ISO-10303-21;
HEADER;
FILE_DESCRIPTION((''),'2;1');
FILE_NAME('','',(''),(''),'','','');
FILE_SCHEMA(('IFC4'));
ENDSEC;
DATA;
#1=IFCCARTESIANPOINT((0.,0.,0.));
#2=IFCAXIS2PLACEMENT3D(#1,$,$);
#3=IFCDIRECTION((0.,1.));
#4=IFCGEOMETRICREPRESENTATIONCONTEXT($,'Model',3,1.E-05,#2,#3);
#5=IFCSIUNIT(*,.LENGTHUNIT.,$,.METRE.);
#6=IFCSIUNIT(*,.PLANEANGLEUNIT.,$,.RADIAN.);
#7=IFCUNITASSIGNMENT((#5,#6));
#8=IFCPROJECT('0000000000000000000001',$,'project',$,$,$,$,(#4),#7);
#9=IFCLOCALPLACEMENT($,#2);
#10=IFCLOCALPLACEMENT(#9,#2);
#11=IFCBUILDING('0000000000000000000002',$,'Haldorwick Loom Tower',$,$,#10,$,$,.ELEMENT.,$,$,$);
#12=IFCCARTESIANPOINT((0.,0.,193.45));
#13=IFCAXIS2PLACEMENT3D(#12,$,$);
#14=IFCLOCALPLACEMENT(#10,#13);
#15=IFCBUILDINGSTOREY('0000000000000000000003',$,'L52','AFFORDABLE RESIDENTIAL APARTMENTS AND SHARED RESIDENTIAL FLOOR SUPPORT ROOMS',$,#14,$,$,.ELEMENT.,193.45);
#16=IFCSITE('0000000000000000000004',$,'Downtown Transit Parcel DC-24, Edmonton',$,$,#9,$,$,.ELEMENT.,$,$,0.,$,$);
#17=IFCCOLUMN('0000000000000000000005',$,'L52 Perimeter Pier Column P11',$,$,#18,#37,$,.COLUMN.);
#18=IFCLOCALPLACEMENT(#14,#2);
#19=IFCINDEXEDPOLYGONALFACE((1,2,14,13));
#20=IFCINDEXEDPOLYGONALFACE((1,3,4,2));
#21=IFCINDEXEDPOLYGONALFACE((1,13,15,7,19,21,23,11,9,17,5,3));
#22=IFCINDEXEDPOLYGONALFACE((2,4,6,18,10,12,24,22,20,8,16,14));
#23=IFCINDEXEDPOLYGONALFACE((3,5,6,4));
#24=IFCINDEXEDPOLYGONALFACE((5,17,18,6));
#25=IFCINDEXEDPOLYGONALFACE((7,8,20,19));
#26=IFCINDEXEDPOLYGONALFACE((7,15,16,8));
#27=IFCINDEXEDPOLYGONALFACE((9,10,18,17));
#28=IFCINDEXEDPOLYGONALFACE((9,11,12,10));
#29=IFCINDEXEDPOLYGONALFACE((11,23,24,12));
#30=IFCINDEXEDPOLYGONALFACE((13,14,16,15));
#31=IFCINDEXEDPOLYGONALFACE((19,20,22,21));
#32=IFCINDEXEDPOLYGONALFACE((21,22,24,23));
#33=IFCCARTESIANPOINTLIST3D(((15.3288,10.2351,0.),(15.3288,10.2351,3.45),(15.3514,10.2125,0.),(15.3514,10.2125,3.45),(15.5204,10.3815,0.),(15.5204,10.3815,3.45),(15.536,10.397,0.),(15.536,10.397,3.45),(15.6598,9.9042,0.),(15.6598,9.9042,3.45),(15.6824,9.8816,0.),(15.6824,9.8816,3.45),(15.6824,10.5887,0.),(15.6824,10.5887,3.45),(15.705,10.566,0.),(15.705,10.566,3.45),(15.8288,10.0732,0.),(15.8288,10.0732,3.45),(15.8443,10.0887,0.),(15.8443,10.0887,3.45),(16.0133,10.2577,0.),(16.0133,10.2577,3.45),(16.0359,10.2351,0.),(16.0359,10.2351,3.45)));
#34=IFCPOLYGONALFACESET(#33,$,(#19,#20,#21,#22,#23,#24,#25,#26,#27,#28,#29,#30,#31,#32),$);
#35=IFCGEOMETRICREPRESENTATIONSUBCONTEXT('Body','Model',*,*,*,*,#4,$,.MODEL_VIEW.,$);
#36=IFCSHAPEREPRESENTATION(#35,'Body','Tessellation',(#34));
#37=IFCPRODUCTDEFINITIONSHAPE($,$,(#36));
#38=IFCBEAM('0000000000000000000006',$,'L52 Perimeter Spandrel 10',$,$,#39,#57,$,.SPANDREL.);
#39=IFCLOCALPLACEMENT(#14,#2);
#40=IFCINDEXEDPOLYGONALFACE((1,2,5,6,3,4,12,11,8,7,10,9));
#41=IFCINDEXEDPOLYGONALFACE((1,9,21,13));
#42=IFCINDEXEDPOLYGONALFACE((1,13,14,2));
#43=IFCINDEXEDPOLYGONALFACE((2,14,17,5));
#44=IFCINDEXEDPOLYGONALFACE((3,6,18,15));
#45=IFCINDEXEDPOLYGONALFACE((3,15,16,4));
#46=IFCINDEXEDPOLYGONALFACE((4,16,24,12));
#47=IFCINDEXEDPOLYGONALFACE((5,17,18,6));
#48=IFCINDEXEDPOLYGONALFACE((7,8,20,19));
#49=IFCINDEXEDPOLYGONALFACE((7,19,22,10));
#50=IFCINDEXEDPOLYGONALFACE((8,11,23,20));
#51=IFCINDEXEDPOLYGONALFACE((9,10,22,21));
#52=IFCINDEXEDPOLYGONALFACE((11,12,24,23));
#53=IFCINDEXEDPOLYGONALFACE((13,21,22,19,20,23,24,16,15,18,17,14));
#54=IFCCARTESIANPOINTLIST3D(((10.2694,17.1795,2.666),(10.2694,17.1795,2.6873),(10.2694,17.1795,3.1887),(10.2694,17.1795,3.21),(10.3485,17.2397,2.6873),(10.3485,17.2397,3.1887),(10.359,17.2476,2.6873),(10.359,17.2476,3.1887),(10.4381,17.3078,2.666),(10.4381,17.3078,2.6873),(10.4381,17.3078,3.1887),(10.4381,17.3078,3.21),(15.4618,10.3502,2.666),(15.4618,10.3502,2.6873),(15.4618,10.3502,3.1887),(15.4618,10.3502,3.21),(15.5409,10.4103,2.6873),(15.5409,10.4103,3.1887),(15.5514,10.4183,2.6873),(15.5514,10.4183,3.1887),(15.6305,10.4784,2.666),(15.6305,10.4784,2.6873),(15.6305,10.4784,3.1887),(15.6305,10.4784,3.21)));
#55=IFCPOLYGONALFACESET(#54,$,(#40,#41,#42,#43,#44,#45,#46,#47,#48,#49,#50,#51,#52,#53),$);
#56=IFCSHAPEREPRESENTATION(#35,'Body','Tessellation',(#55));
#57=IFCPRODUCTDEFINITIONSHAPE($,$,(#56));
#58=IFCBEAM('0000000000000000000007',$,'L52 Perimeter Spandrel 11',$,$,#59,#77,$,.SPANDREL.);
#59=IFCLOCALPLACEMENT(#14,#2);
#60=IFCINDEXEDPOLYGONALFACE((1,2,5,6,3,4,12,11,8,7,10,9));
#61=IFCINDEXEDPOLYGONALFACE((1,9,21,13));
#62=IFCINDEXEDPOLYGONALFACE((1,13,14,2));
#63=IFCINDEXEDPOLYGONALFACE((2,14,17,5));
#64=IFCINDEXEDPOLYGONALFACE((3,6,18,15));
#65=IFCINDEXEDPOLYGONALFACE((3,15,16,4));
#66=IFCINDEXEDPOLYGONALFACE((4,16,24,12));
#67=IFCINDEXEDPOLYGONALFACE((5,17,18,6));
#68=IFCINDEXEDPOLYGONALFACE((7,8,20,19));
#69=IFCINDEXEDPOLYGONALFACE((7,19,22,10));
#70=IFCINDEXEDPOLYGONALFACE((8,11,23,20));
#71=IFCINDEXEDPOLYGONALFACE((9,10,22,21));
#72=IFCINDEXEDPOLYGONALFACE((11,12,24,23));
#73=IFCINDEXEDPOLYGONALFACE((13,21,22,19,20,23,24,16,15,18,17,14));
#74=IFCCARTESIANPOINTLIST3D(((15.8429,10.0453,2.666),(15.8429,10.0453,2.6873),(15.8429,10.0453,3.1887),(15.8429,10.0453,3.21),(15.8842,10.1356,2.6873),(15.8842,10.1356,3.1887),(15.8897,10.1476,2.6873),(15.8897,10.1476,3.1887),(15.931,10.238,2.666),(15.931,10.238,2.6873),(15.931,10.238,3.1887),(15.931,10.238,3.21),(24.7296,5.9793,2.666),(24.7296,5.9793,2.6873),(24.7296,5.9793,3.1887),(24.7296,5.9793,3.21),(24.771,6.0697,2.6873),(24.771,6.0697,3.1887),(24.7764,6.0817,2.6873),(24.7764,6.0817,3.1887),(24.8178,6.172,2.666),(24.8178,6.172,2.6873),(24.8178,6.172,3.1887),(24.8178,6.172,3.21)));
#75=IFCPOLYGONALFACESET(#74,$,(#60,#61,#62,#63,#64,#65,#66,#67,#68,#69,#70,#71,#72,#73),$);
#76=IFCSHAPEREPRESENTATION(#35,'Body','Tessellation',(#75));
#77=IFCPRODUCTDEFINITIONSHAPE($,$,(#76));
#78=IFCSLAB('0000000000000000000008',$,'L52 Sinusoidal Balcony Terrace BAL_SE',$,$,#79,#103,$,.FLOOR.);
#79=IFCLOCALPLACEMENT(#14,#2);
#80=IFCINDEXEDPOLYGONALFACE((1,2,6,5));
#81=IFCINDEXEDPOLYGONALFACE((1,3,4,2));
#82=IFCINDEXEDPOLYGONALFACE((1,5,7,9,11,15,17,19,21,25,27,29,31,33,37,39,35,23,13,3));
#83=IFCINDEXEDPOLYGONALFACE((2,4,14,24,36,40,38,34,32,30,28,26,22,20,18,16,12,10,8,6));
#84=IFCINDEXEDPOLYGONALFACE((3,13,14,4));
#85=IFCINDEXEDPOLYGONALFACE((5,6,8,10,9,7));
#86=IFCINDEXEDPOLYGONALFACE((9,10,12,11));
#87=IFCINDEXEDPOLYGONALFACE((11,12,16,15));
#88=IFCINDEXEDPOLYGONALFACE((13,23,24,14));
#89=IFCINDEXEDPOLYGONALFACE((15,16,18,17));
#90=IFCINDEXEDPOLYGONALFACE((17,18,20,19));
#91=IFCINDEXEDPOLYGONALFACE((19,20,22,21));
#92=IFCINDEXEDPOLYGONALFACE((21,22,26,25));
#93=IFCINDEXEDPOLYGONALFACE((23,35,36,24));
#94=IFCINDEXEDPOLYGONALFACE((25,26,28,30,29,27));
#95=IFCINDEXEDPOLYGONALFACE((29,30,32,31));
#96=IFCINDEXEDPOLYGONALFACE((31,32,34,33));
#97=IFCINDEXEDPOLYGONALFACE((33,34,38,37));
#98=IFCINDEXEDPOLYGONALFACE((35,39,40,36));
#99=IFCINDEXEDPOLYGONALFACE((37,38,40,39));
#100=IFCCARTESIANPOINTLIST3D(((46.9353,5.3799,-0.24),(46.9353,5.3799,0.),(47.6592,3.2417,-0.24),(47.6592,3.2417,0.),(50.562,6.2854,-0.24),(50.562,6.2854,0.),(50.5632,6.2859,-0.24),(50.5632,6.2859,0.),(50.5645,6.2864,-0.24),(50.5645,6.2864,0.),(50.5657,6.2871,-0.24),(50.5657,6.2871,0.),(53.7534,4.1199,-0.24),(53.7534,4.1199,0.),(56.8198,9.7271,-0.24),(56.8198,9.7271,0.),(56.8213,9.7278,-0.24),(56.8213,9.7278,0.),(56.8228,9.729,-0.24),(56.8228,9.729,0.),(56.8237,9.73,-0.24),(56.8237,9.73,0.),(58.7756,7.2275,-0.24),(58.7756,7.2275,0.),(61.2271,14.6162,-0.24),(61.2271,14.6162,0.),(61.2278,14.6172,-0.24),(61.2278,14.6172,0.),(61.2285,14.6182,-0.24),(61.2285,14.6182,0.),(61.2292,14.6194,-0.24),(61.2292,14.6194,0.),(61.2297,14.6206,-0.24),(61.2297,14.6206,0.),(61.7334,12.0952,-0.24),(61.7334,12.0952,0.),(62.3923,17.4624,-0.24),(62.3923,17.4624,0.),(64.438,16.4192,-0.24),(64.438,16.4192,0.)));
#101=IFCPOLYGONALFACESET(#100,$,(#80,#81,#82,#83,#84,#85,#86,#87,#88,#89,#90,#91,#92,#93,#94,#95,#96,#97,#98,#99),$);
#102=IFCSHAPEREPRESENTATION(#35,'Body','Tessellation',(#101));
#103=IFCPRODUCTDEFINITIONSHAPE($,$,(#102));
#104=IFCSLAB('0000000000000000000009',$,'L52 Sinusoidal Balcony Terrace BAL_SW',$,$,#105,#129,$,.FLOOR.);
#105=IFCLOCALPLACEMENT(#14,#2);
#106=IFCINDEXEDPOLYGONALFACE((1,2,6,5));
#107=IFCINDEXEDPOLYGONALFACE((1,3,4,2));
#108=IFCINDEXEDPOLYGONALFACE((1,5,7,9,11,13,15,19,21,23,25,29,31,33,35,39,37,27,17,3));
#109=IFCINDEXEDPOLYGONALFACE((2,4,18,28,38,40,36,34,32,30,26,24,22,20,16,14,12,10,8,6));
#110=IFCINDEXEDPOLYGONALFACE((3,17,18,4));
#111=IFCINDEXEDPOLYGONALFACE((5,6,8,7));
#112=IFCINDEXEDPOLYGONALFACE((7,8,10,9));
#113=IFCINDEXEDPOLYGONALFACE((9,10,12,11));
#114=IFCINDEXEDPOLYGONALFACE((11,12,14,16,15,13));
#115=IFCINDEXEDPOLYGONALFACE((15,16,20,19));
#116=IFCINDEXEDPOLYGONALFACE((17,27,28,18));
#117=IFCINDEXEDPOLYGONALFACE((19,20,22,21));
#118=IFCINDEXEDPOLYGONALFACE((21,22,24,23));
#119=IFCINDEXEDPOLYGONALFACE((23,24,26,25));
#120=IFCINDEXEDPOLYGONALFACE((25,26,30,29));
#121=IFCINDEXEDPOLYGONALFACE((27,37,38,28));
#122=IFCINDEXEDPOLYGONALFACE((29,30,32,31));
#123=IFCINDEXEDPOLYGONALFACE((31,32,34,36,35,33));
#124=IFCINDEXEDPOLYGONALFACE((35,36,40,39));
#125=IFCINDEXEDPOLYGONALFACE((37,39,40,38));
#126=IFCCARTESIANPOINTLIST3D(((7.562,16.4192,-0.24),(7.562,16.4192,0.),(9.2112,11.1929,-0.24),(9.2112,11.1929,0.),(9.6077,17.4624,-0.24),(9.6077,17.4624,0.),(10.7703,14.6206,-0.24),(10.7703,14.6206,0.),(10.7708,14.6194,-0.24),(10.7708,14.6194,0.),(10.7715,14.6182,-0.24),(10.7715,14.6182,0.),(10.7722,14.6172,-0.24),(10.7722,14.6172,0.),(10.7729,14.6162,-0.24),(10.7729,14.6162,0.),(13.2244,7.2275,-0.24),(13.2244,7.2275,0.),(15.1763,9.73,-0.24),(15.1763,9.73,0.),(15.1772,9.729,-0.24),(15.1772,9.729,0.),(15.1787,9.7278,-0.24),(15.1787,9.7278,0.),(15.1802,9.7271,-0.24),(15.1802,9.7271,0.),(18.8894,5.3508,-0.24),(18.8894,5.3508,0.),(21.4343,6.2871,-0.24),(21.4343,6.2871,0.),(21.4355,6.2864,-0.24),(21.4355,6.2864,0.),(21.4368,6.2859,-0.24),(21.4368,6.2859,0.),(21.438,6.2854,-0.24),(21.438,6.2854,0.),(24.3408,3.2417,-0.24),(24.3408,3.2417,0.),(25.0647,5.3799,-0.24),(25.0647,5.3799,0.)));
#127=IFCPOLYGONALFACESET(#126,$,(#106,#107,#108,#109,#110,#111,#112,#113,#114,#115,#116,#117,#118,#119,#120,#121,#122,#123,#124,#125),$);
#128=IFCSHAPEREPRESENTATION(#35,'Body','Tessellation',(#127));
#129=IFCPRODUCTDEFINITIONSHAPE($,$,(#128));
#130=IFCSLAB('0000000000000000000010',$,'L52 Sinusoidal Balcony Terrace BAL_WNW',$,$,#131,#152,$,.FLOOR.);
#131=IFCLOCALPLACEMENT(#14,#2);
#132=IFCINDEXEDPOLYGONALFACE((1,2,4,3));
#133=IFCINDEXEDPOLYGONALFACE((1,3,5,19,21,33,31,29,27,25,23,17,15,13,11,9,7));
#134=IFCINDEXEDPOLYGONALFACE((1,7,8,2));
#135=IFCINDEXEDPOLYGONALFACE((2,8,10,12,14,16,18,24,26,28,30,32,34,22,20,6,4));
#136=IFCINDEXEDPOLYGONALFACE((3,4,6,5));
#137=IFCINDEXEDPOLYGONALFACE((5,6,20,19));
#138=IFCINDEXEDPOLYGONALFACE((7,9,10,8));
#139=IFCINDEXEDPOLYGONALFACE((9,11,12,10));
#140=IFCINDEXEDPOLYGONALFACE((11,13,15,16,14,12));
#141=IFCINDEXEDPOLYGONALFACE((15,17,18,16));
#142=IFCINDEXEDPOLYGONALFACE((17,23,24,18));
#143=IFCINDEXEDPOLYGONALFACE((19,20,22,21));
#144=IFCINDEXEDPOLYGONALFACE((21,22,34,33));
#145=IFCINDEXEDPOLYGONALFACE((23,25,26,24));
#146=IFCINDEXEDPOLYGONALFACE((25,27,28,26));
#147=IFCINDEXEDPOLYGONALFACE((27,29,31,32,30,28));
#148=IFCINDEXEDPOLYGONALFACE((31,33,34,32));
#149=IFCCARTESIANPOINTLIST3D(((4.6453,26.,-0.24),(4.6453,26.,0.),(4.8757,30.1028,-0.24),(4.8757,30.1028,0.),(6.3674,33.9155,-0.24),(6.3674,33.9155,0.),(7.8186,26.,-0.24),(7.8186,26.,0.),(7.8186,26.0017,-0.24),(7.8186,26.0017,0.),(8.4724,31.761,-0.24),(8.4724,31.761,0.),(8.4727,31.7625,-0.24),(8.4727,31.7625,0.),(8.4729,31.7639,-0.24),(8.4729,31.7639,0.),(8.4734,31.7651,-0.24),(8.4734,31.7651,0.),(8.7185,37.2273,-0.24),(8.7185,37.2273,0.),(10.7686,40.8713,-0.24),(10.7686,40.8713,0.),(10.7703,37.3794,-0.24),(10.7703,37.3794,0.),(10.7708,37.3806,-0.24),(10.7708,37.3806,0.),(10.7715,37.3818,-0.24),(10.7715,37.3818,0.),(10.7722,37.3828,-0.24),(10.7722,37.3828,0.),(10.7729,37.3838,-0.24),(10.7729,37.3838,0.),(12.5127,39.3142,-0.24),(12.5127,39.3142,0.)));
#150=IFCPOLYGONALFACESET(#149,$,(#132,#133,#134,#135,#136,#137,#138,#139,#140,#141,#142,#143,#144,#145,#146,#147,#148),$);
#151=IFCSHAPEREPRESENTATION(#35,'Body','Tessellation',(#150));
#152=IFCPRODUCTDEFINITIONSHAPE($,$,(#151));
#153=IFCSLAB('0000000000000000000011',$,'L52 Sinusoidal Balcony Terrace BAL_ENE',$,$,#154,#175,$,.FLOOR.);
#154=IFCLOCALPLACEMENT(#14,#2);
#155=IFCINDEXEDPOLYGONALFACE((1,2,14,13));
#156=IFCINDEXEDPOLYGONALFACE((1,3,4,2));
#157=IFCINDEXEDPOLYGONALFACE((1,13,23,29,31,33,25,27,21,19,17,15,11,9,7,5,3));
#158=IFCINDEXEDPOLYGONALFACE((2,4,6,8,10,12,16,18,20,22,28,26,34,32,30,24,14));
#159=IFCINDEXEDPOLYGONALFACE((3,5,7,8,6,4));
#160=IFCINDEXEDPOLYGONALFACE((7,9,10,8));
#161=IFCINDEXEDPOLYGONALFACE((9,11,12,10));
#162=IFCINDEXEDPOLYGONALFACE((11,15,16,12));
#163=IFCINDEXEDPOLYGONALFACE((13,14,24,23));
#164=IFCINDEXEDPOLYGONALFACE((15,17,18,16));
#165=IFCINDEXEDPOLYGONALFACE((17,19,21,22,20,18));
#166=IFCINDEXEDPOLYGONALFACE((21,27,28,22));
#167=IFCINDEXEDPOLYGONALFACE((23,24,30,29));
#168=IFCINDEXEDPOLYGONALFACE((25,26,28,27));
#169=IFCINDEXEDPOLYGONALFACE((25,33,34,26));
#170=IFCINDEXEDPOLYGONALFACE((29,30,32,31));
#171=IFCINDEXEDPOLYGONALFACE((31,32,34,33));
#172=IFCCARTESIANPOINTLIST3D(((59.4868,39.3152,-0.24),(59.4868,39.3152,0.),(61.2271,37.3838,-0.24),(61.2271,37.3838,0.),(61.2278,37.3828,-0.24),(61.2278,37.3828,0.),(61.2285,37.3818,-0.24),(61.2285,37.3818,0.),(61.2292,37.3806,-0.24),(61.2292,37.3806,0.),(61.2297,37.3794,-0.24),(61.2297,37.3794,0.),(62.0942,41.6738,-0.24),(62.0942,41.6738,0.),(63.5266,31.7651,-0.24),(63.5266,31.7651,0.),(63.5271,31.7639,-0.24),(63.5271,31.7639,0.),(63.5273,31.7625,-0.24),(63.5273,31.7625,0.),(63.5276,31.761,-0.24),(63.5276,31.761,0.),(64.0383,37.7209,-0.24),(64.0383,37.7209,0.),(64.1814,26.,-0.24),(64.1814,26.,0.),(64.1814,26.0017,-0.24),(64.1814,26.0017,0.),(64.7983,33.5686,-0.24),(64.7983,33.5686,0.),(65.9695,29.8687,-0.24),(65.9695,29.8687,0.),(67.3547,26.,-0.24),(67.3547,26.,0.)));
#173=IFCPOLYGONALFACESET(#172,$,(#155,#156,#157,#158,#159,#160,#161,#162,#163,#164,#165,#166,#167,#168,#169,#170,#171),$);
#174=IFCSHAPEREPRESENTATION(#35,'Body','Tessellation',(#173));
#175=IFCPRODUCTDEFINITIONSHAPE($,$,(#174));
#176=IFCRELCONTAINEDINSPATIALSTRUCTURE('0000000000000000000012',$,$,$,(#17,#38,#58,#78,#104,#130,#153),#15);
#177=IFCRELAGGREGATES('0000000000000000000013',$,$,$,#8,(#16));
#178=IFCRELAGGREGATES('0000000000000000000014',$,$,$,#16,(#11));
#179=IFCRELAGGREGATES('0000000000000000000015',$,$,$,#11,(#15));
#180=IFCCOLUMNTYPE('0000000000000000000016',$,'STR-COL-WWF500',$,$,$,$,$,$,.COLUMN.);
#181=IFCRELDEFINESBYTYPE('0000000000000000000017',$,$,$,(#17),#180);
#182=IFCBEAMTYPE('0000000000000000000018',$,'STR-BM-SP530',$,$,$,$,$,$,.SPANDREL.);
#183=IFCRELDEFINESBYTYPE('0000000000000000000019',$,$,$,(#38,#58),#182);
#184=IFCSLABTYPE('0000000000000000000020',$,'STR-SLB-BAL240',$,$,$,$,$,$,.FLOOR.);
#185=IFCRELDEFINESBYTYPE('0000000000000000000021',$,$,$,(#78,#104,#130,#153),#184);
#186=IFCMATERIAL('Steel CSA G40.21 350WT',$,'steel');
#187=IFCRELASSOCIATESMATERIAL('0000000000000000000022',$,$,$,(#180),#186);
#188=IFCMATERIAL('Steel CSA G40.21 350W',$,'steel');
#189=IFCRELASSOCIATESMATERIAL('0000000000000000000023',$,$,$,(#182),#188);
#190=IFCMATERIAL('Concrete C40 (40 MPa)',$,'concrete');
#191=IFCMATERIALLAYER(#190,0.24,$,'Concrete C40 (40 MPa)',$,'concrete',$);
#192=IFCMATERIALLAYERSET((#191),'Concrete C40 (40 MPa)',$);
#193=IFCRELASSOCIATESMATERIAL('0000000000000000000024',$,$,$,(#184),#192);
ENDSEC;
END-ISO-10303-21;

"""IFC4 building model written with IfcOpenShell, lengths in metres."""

from ifc_helpers import new_model, si_unit, direction, frame, origin, origin_2d, place, context, subcontext, project, spatial, polyline, i_section, outline, extrude, material, layer, layer_set, material_profile, profile_set, type_object, element, save


model = new_model("IFC4")

# Units and contexts
model_context = context("Model", 3, precision=1e-05, world=origin(), true_north=direction((0.0, 1.0)))
body_context = subcontext(model_context, "Body", "Model", "MODEL_VIEW")
ifc_project = project(units=[si_unit("LENGTHUNIT", "METRE"), si_unit("PLANEANGLEUNIT", "RADIAN")], contexts=[model_context])

# Site, building, storey
site_placement = place(None, origin())
site = spatial("IfcSite", under=ifc_project, at=site_placement, Name="Downtown Transit Parcel DC-24, Edmonton", CompositionType="ELEMENT", RefElevation=0.0)
building_placement = place(site_placement, origin())
building = spatial("IfcBuilding", under=site, at=building_placement, Name="Haldorwick Loom Tower", CompositionType="ELEMENT")
storey_placement = place(building_placement, frame((0.0, 0.0, 193.45)))
storey = spatial("IfcBuildingStorey", under=building, at=storey_placement, Name="L52", Description="AFFORDABLE RESIDENTIAL APARTMENTS AND SHARED RESIDENTIAL FLOOR SUPPORT ROOMS", CompositionType="ELEMENT", Elevation=193.45)

# Column
ifc_material_1 = material(Name="Steel CSA G40.21 350WT", Category="steel")
ifc_material_profile_1 = material_profile(ifc_material_1, i_section(OverallWidth=0.5, OverallDepth=0.5, WebThickness=0.022, FlangeThickness=0.032, at=origin_2d()), Name="WWF500X500", Category="steel")
ifc_profile_set_1 = profile_set([ifc_material_profile_1], Name="Steel CSA G40.21 350WT")
column_type = type_object("IfcColumnType", Name="STR-COL-WWF500", PredefinedType="COLUMN", material=ifc_profile_set_1)
column_placement = place(storey_placement, frame((15.6824, 10.2351, 0.0), z_axis=(0.0, 0.0, 1.0), x_axis=(-0.707107, -0.707107, 0.0)))
element("IfcColumn", 1, at=column_placement, inside=storey, type_object=column_type, Name="L52 Perimeter Pier Column P11", PredefinedType="COLUMN", context=body_context, shape_type="SweptSolid", body=[
    extrude(i_section(OverallWidth=0.5, OverallDepth=0.5, WebThickness=0.022, FlangeThickness=0.032, at=origin_2d()), origin(), (0.0, 0.0, 1.0), 3.45),
])

# Beams
ifc_material_2 = material(Name="Steel CSA G40.21 350W", Category="steel")
ifc_material_profile_2 = material_profile(ifc_material_2, i_section(OverallWidth=0.2119, OverallDepth=0.5439, WebThickness=0.0132, FlangeThickness=0.0212, at=origin_2d()), Name="W530X123", Category="steel")
ifc_profile_set_2 = profile_set([ifc_material_profile_2], Name="Steel CSA G40.21 350W")
beam_type = type_object("IfcBeamType", Name="STR-BM-SP530", PredefinedType="SPANDREL", material=ifc_profile_set_2)
beam_1_placement = place(storey_placement, frame((10.3538, 17.2437, 2.938), z_axis=(0.605237, -0.796045, 0.0), x_axis=(0.796045, 0.605237, 0.0)))
element("IfcBeam", 2, at=beam_1_placement, inside=storey, type_object=beam_type, Name="L52 Perimeter Spandrel 10", PredefinedType="SPANDREL", context=body_context, shape_type="SweptSolid", body=[
    extrude(i_section(OverallWidth=0.2119, OverallDepth=0.5439, WebThickness=0.0132, FlangeThickness=0.0212, at=origin_2d()), origin(), (0.0, 0.0, 1.0), 8.5791),
])
beam_2_placement = place(storey_placement, frame((15.887, 10.1416, 2.938), z_axis=(0.909342, -0.416049, 0.0), x_axis=(0.416049, 0.909342, 0.0)))
element("IfcBeam", 3, at=beam_2_placement, inside=storey, type_object=beam_type, Name="L52 Perimeter Spandrel 11", PredefinedType="SPANDREL", context=body_context, shape_type="SweptSolid", body=[
    extrude(i_section(OverallWidth=0.2119, OverallDepth=0.5439, WebThickness=0.0132, FlangeThickness=0.0212, at=origin_2d()), origin(), (0.0, 0.0, 1.0), 9.7727),
])

# Slabs
ifc_material_3 = material(Name="Concrete C40 (40 MPa)", Category="concrete")
ifc_layer_1 = layer(ifc_material_3, 0.24, Name="Concrete C40 (40 MPa)", Category="concrete")
ifc_layer_set_1 = layer_set([ifc_layer_1], Name="Concrete C40 (40 MPa)")
slab_type_1 = type_object("IfcSlabType", Name="STR-SLB-BAL240", PredefinedType="FLOOR", material=ifc_layer_set_1)
slab_1_placement = place(storey_placement, frame((0.0, 0.0, -0.24)))
element("IfcSlab", 4, at=slab_1_placement, inside=storey, type_object=slab_type_1, Name="L52 Sinusoidal Balcony Terrace BAL_SE", PredefinedType="FLOOR", context=body_context, shape_type="SweptSolid", body=[
    extrude(outline(polyline([(62.3923, 17.4624), (61.2297, 14.6206), (61.2292, 14.6194), (61.2285, 14.6182), (61.2278, 14.6172), (61.2271, 14.6162), (56.8237, 9.73), (56.8228, 9.729), (56.8213, 9.7278), (56.8198, 9.7271), (50.5657, 6.2871), (50.5645, 6.2864), (50.5632, 6.2859), (50.562, 6.2854), (46.9353, 5.3799), (47.6592, 3.2417), (53.7534, 4.1199), (58.7756, 7.2275), (61.7334, 12.0952), (64.438, 16.4192), (62.3923, 17.4624)])), origin(), (0.0, 0.0, 1.0), 0.24),
])
slab_2_placement = place(storey_placement, frame((0.0, 0.0, -0.24)))
element("IfcSlab", 5, at=slab_2_placement, inside=storey, type_object=slab_type_1, Name="L52 Sinusoidal Balcony Terrace BAL_SW", PredefinedType="FLOOR", context=body_context, shape_type="SweptSolid", body=[
    extrude(outline(polyline([(25.0647, 5.3799), (21.438, 6.2854), (21.4368, 6.2859), (21.4355, 6.2864), (21.4343, 6.2871), (15.1802, 9.7271), (15.1787, 9.7278), (15.1772, 9.729), (15.1763, 9.73), (10.7729, 14.6162), (10.7722, 14.6172), (10.7715, 14.6182), (10.7708, 14.6194), (10.7703, 14.6206), (9.6077, 17.4624), (7.562, 16.4192), (9.2112, 11.1929), (13.2244, 7.2275), (18.8894, 5.3508), (24.3408, 3.2417), (25.0647, 5.3799)])), origin(), (0.0, 0.0, 1.0), 0.24),
])
slab_3_placement = place(storey_placement, frame((0.0, 0.0, -0.24)))
element("IfcSlab", 6, at=slab_3_placement, inside=storey, type_object=slab_type_1, Name="L52 Sinusoidal Balcony Terrace BAL_WNW", PredefinedType="FLOOR", context=body_context, shape_type="SweptSolid", body=[
    extrude(outline(polyline([(7.8186, 26.0), (7.8186, 26.0017), (8.4724, 31.761), (8.4727, 31.7625), (8.4729, 31.7639), (8.4734, 31.7651), (10.7703, 37.3794), (10.7708, 37.3806), (10.7715, 37.3818), (10.7722, 37.3828), (10.7729, 37.3838), (12.5127, 39.3142), (10.7686, 40.8713), (8.7185, 37.2273), (6.3674, 33.9155), (4.8757, 30.1028), (4.6453, 26.0), (7.8186, 26.0)])), origin(), (0.0, 0.0, 1.0), 0.24),
])
slab_4_placement = place(storey_placement, frame((0.0, 0.0, -0.24)))
element("IfcSlab", 7, at=slab_4_placement, inside=storey, type_object=slab_type_1, Name="L52 Sinusoidal Balcony Terrace BAL_ENE", PredefinedType="FLOOR", context=body_context, shape_type="SweptSolid", body=[
    extrude(outline(polyline([(59.4868, 39.3152), (61.2271, 37.3838), (61.2278, 37.3828), (61.2285, 37.3818), (61.2292, 37.3806), (61.2297, 37.3794), (63.5266, 31.7651), (63.5271, 31.7639), (63.5273, 31.7625), (63.5276, 31.761), (64.1814, 26.0017), (64.1814, 26.0), (67.3547, 26.0), (65.9695, 29.8687), (64.7983, 33.5686), (64.0383, 37.7209), (62.0942, 41.6738), (59.4868, 39.3152)])), origin(), (0.0, 0.0, 1.0), 0.24),
])

save(model, "model.ifc")
